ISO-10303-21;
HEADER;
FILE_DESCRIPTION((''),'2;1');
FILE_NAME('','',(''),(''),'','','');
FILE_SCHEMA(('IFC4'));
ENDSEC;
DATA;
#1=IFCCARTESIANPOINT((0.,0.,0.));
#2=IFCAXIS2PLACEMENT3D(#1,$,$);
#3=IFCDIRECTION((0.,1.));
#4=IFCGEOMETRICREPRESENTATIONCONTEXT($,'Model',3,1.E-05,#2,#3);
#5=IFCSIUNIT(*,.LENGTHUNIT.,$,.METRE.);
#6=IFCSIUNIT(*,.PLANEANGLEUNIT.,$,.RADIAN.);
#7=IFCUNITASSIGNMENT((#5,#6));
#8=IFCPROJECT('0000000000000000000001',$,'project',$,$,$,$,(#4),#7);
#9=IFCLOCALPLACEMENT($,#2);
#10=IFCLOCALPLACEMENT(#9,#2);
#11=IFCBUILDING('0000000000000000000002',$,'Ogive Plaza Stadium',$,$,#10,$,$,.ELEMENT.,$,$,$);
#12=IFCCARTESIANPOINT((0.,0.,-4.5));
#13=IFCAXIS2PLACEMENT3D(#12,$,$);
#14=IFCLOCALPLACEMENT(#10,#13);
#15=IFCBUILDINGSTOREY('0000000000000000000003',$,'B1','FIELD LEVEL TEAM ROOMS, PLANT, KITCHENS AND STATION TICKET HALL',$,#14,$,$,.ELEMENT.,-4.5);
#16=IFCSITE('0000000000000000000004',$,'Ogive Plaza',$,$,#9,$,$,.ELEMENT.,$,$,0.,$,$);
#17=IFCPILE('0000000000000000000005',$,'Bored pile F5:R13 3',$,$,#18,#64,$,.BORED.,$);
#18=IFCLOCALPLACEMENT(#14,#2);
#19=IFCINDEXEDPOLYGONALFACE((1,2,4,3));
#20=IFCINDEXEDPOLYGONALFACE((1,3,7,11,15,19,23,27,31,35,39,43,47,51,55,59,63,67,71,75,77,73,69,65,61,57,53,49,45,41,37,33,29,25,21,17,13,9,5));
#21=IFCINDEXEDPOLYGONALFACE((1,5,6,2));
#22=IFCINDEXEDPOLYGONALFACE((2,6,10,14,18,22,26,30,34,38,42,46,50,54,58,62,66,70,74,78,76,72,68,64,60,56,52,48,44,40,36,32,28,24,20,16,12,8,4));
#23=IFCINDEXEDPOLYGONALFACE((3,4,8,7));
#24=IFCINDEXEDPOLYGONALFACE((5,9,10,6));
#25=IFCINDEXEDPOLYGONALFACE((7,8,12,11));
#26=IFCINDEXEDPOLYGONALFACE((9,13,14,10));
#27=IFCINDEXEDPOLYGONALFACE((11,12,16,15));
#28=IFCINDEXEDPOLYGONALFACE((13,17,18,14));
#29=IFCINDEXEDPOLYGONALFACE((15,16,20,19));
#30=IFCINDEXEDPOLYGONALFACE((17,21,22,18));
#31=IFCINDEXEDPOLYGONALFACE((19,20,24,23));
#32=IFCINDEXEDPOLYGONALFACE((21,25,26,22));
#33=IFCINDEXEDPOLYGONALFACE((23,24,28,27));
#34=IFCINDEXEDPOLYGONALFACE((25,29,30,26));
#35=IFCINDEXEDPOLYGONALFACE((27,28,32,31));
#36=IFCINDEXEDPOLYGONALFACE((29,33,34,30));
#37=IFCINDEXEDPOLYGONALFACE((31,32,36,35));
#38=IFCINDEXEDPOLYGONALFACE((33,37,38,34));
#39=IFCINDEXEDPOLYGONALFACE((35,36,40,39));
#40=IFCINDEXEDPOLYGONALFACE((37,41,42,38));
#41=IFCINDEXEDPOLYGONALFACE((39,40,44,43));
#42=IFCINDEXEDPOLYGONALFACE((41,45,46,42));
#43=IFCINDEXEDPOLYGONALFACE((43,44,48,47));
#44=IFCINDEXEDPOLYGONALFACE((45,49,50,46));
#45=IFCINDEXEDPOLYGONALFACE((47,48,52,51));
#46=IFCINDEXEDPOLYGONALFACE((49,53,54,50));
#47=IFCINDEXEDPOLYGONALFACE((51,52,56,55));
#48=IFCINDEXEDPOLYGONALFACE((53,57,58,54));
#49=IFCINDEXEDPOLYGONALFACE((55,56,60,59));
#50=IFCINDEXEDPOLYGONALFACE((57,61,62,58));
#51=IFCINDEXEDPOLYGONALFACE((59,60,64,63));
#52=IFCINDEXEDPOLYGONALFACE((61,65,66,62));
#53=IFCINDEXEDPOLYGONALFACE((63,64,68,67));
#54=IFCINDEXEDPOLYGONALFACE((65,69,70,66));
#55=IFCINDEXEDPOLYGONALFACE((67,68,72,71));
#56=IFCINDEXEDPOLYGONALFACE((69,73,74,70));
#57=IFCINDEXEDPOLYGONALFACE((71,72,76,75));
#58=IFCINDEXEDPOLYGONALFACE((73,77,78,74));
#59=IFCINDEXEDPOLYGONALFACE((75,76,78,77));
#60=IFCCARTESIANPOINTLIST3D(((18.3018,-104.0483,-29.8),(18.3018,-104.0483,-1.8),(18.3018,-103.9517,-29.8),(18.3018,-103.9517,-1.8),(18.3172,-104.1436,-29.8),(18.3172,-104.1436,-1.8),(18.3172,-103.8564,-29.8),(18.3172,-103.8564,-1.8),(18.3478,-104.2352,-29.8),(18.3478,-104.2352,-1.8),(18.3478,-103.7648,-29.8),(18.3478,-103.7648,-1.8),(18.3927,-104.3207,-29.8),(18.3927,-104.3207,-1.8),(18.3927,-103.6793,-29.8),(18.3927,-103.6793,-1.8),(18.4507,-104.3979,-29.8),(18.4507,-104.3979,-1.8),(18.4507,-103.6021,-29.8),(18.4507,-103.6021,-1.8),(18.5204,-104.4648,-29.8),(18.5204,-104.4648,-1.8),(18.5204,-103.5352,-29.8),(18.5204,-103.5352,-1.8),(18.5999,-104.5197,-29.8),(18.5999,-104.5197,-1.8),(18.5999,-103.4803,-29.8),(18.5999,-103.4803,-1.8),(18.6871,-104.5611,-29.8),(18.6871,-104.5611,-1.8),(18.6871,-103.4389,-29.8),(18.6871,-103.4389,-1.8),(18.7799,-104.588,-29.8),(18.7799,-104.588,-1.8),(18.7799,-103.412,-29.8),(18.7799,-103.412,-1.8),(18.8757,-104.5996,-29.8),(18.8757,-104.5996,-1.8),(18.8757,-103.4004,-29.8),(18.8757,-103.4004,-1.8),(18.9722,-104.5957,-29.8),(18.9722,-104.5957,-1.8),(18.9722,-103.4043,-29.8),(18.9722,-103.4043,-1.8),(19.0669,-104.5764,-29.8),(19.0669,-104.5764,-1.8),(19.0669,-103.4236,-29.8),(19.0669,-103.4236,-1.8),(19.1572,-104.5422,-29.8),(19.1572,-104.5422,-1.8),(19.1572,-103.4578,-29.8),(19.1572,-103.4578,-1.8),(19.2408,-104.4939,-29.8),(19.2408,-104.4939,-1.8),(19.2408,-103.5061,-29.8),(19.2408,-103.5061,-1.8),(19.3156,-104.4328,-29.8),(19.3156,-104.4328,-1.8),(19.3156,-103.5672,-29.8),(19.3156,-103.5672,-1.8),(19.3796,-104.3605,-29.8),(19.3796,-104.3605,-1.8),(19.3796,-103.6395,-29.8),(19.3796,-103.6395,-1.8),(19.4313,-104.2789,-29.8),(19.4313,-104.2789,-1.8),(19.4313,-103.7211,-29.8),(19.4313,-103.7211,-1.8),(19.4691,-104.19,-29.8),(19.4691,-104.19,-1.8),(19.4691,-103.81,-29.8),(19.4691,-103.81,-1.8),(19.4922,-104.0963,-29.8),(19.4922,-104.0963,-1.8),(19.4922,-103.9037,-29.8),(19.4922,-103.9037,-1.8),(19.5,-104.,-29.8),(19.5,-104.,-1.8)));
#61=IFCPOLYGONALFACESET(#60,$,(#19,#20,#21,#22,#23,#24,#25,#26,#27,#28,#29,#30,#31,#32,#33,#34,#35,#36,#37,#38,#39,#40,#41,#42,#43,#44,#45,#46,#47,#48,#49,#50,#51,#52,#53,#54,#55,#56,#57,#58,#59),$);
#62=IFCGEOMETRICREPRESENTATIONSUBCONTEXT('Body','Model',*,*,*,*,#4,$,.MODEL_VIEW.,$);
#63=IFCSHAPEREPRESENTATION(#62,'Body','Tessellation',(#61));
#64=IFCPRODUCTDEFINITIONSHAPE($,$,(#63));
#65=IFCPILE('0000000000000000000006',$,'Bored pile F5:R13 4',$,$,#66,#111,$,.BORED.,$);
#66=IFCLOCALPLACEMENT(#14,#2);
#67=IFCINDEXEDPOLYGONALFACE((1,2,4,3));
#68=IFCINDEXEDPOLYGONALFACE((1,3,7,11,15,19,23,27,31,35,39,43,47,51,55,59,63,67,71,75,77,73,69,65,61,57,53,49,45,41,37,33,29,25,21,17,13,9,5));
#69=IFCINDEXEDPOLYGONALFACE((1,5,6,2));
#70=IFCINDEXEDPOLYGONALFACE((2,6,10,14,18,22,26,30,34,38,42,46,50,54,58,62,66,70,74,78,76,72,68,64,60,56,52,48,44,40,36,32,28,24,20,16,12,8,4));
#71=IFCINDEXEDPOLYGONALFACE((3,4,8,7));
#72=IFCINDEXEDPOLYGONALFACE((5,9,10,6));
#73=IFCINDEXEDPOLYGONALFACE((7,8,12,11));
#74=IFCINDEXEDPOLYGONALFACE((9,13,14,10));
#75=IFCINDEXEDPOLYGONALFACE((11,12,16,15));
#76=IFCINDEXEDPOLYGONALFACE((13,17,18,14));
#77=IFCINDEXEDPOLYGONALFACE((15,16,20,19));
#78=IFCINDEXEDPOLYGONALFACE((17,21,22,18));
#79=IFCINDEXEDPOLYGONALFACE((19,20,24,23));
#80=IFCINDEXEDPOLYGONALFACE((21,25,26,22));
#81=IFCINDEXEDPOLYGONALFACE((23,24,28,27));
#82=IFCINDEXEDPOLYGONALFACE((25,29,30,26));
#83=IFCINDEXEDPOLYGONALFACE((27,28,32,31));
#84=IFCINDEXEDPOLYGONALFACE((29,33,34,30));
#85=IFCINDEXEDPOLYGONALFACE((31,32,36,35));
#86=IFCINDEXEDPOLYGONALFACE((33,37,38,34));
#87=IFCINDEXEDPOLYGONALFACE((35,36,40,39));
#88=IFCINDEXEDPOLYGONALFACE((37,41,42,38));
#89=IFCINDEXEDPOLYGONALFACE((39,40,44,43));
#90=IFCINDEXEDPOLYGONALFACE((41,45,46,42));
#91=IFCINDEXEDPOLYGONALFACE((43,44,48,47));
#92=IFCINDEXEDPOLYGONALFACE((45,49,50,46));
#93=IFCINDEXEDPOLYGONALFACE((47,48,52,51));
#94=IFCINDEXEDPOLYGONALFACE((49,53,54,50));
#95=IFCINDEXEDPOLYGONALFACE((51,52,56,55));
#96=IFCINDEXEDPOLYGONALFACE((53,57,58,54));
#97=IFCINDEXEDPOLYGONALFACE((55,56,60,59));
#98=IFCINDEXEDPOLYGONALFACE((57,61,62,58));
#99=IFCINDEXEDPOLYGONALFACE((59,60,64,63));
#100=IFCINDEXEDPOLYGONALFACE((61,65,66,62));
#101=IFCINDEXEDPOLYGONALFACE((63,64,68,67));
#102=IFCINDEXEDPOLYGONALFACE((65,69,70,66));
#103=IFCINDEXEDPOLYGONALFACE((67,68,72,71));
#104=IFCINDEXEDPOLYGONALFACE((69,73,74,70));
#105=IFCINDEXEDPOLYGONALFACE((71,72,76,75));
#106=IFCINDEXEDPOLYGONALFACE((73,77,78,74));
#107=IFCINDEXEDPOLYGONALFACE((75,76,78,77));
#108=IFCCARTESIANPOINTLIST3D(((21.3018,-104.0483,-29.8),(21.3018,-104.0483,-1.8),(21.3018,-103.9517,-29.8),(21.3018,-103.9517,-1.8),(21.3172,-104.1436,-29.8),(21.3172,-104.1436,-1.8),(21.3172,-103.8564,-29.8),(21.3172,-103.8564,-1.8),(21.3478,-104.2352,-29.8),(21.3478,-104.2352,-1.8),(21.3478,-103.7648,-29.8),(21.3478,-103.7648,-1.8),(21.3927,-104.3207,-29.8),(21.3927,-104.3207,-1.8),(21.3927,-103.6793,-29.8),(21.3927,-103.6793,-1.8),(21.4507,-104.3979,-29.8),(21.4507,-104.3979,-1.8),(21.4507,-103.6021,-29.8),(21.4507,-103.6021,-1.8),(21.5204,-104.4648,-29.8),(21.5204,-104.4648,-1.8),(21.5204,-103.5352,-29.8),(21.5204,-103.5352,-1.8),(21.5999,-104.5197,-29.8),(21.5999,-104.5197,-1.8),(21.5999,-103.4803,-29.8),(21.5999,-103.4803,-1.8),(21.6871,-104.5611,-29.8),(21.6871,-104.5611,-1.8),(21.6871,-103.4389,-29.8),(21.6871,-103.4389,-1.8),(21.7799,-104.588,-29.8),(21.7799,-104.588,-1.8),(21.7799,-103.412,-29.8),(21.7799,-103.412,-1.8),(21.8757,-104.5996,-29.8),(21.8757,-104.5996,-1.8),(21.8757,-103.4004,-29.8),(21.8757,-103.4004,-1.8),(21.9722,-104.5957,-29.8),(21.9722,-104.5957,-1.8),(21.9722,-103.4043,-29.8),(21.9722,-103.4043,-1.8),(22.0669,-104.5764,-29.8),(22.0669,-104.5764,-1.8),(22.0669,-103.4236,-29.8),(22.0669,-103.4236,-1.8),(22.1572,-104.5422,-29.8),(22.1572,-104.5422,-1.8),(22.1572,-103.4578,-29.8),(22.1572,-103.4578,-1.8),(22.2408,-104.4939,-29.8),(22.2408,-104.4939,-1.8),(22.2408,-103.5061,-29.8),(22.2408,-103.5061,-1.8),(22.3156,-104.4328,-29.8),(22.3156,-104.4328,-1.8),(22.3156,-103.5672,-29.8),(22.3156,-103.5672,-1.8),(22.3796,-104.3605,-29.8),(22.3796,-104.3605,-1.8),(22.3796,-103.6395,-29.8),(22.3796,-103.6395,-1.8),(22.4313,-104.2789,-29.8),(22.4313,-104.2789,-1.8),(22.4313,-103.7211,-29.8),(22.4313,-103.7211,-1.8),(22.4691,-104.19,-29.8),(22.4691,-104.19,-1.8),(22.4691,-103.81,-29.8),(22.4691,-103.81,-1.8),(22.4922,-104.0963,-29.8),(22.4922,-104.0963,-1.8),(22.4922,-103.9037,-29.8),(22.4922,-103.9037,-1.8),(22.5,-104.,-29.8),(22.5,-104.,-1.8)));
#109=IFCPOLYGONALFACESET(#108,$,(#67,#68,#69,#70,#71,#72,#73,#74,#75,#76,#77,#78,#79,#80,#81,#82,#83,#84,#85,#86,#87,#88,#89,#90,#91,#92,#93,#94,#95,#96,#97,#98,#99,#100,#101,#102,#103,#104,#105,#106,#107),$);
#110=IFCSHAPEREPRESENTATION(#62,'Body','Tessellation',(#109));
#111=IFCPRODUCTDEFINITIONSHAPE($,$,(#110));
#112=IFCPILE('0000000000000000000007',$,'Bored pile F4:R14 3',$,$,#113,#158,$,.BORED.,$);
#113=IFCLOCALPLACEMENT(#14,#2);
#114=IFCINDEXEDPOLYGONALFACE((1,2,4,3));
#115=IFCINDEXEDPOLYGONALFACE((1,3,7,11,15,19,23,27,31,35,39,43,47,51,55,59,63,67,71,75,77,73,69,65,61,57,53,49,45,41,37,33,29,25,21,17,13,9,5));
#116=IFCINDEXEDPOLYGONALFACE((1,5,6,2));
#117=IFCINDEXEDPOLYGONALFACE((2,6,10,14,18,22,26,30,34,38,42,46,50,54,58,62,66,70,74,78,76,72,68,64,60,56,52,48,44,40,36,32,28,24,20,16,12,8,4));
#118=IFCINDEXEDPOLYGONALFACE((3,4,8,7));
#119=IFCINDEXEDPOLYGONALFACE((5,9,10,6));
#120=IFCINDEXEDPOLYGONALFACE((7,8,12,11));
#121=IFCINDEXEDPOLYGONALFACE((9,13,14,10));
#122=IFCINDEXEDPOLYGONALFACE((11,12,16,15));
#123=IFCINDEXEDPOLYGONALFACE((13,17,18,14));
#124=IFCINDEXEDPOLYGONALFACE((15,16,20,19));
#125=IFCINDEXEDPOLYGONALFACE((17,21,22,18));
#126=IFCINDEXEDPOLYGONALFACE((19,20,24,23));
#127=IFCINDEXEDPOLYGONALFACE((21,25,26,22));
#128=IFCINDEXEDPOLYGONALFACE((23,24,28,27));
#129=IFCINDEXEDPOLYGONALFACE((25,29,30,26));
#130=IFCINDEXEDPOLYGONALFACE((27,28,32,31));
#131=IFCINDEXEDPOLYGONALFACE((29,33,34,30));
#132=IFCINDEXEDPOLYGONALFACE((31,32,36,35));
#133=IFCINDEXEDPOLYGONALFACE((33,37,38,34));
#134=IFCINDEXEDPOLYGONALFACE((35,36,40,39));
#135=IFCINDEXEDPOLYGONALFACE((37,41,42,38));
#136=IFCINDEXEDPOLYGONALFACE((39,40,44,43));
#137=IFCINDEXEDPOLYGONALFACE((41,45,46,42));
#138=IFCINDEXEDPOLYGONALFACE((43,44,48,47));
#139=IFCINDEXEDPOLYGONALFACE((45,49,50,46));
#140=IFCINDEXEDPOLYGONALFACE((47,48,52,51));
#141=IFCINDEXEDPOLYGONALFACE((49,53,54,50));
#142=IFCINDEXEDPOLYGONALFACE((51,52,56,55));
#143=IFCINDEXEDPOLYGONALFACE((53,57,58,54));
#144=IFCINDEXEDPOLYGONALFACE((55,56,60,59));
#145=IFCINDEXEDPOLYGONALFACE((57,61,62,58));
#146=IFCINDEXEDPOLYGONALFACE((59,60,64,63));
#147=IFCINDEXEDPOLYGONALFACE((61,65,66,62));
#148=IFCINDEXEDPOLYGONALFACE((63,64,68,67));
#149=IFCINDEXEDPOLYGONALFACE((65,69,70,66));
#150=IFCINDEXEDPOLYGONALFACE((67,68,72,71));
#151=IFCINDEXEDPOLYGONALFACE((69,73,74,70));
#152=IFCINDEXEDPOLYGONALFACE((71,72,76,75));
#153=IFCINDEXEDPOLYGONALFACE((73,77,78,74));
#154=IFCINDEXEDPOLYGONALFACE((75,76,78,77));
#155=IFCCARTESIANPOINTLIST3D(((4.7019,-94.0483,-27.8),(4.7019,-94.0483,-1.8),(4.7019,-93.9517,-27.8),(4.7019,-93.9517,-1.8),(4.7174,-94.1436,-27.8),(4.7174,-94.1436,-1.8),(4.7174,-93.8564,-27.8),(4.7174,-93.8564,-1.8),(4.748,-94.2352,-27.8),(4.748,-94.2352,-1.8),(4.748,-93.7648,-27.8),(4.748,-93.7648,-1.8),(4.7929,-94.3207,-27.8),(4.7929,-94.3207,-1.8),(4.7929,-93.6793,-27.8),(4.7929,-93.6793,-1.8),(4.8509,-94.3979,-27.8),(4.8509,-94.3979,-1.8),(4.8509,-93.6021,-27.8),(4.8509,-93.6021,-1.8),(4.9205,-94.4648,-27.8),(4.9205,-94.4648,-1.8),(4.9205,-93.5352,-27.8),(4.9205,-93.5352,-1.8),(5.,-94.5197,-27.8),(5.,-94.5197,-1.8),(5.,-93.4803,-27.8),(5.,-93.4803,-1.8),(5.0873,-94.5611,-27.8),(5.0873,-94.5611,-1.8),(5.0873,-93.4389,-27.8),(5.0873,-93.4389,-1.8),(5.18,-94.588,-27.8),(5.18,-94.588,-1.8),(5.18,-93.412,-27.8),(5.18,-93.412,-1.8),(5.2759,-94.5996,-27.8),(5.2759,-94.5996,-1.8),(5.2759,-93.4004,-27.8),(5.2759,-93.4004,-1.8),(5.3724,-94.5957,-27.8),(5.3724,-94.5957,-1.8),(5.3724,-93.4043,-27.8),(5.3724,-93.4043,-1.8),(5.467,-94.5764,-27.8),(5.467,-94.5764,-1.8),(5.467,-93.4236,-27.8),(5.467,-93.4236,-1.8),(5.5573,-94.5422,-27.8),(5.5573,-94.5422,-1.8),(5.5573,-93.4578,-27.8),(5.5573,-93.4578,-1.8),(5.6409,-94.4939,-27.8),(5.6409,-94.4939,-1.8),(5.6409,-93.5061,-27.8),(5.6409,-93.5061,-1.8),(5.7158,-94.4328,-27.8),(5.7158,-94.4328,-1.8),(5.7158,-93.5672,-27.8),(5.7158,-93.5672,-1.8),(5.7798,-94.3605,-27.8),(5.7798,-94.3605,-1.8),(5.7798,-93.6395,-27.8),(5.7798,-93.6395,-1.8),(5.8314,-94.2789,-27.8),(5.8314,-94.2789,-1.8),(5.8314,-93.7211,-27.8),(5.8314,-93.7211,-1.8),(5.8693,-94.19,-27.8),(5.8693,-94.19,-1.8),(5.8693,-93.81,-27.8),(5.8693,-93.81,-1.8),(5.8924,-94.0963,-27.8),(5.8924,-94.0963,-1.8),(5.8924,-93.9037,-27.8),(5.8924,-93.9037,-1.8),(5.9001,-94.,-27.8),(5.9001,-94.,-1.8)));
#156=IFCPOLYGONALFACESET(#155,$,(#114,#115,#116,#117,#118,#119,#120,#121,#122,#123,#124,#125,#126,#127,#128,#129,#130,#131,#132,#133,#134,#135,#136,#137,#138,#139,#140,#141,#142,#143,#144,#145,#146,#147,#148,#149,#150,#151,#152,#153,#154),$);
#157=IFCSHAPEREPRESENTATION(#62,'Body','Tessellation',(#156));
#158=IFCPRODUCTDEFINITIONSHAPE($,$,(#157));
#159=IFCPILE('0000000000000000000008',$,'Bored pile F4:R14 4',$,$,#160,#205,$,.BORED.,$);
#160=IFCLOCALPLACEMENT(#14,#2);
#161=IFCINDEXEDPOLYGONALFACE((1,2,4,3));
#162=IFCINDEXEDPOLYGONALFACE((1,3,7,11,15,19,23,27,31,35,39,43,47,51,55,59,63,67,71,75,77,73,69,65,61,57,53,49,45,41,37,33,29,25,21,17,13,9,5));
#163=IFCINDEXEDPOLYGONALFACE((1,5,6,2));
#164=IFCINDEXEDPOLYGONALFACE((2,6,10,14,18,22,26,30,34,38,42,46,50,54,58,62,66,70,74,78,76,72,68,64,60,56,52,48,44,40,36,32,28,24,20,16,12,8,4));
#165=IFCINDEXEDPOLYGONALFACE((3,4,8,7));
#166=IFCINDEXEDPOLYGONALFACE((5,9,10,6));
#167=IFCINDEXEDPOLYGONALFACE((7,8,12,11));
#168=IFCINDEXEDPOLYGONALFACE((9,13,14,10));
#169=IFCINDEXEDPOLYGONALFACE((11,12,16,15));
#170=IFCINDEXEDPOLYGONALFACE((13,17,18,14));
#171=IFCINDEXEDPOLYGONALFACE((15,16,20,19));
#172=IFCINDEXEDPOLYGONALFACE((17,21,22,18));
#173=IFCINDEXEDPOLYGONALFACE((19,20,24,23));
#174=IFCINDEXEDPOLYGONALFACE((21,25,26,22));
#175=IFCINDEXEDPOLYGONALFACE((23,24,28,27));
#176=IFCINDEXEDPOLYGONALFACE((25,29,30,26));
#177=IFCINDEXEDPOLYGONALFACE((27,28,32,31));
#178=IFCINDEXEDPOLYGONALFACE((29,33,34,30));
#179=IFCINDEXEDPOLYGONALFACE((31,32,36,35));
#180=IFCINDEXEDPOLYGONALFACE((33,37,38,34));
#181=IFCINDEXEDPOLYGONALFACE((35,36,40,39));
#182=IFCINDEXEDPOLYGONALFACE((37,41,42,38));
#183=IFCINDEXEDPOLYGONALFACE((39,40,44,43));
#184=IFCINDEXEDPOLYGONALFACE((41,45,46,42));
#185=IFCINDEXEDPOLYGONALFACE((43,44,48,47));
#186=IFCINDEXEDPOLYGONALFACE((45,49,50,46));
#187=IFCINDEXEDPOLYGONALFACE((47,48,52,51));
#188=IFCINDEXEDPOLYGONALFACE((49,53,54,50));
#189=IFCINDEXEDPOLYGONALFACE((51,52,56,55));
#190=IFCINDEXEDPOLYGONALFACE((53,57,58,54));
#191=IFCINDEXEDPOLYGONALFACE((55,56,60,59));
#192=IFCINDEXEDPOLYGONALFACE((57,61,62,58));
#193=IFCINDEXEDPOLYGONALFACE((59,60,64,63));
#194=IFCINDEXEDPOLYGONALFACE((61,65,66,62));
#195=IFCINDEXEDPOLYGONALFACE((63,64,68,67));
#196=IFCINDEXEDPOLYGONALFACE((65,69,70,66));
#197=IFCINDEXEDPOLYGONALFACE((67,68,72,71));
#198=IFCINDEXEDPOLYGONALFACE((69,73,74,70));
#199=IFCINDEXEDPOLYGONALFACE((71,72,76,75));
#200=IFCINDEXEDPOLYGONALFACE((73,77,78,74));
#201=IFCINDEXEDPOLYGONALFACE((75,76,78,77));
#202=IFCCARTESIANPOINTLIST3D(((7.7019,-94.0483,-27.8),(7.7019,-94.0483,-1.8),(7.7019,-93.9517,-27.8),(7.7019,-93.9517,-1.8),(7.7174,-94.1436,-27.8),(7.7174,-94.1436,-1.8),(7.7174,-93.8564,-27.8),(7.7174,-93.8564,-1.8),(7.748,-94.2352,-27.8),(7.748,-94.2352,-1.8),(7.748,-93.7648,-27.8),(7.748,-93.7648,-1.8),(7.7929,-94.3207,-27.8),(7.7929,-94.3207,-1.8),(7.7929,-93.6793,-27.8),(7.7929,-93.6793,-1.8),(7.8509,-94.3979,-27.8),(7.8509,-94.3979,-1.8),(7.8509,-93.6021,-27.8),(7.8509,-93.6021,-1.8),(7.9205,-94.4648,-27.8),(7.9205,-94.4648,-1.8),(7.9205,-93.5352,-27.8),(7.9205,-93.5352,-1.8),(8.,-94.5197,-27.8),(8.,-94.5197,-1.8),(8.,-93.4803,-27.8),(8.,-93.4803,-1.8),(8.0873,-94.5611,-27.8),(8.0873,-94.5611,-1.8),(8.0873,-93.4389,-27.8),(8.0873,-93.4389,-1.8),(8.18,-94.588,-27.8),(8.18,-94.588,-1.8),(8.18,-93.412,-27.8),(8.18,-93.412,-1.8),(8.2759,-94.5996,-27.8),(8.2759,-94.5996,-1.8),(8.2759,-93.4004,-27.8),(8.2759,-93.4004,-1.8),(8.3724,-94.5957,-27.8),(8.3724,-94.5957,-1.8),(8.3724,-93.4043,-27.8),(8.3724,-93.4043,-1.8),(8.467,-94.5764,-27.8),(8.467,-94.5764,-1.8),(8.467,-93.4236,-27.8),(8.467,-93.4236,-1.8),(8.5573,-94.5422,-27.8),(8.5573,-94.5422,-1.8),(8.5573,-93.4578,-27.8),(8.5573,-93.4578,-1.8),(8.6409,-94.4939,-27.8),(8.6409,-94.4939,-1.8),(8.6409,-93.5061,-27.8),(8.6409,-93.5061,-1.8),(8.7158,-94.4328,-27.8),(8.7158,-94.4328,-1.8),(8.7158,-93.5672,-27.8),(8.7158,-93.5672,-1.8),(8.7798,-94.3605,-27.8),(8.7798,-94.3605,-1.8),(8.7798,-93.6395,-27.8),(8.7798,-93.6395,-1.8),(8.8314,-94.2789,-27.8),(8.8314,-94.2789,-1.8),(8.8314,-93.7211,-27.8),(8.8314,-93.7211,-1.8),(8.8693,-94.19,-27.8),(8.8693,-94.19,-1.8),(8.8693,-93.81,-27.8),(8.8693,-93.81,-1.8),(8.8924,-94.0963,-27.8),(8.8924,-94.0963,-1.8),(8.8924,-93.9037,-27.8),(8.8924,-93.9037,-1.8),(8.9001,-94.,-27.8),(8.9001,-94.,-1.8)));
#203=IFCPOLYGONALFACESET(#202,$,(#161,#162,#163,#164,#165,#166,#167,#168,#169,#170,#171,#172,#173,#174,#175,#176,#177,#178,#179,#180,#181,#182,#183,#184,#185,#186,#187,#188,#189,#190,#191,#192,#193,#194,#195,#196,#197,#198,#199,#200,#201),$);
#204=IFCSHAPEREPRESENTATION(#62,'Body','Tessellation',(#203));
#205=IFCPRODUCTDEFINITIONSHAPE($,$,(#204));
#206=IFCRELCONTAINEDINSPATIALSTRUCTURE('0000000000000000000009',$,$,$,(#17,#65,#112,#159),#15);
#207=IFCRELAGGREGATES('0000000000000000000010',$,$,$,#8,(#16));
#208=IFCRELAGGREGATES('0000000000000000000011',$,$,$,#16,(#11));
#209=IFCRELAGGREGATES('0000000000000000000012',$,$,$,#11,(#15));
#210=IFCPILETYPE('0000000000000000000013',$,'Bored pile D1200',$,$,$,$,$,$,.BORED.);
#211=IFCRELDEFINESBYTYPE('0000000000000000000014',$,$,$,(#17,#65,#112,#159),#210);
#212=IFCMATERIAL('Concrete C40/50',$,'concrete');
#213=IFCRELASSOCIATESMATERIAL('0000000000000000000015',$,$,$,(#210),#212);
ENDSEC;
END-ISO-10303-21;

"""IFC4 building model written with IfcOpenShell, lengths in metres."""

from ifc_helpers import new_model, si_unit, direction, frame, origin, origin_2d, place, context, subcontext, project, spatial, circle, extrude, material, material_profile, profile_set, type_object, element, save


model = new_model("IFC4")

# Units and contexts
model_context = context("Model", 3, precision=1e-05, world=origin(), true_north=direction((0.0, 1.0)))
body_context = subcontext(model_context, "Body", "Model", "MODEL_VIEW")
ifc_project = project(units=[si_unit("LENGTHUNIT", "METRE"), si_unit("PLANEANGLEUNIT", "RADIAN")], contexts=[model_context])

# Site, building, storey
site_placement = place(None, origin())
site = spatial("IfcSite", under=ifc_project, at=site_placement, Name="Ogive Plaza", CompositionType="ELEMENT", RefElevation=0.0)
building_placement = place(site_placement, origin())
building = spatial("IfcBuilding", under=site, at=building_placement, Name="Ogive Plaza Stadium", CompositionType="ELEMENT")
storey_placement = place(building_placement, frame((0.0, 0.0, -4.5)))
storey = spatial("IfcBuildingStorey", under=building, at=storey_placement, Name="B1", Description="FIELD LEVEL TEAM ROOMS, PLANT, KITCHENS AND STATION TICKET HALL", CompositionType="ELEMENT", Elevation=-4.5)

# Piles
ifc_material_1 = material(Name="Concrete C40/50", Category="concrete")
ifc_material_profile_1 = material_profile(ifc_material_1, circle(Radius=0.6001, at=origin_2d()), Name="RC D1200")
ifc_profile_set_1 = profile_set([ifc_material_profile_1], Name="Concrete C40/50")
pile_type_1 = type_object("IfcPileType", Name="Bored pile D1200", PredefinedType="BORED", material=ifc_profile_set_1)
for number, where, z_axis, x_axis, name in (
    (1, (18.8999, -104.0, -1.8), (0.0, 0.0, -1.0), (1.0, 0.0, 0.0), "Bored pile F5:R13 3"),
    (2, (21.8999, -104.0, -1.8), (0.0, 0.0, -1.0), (1.0, 0.0, 0.0), "Bored pile F5:R13 4"),
):
    element("IfcPile", number, at=place(storey_placement, frame(where, z_axis=z_axis, x_axis=x_axis)), inside=storey, type_object=pile_type_1, Name=name, PredefinedType="BORED", context=body_context, shape_type="SweptSolid", body=[
        extrude(circle(Radius=0.6001, at=origin_2d()), origin(), (0.0, 0.0, 1.0), 28.0),
    ])
for number, where, z_axis, x_axis, name in (
    (3, (5.3, -94.0, -1.8), (0.0, 0.0, -1.0), (1.0, 0.0, 0.0), "Bored pile F4:R14 3"),
    (4, (8.3, -94.0, -1.8), (0.0, 0.0, -1.0), (1.0, 0.0, 0.0), "Bored pile F4:R14 4"),
):
    element("IfcPile", number, at=place(storey_placement, frame(where, z_axis=z_axis, x_axis=x_axis)), inside=storey, type_object=pile_type_1, Name=name, PredefinedType="BORED", context=body_context, shape_type="SweptSolid", body=[
        extrude(circle(Radius=0.6001, at=origin_2d()), origin(), (0.0, 0.0, 1.0), 26.0),
    ])

save(model, "model.ifc")
